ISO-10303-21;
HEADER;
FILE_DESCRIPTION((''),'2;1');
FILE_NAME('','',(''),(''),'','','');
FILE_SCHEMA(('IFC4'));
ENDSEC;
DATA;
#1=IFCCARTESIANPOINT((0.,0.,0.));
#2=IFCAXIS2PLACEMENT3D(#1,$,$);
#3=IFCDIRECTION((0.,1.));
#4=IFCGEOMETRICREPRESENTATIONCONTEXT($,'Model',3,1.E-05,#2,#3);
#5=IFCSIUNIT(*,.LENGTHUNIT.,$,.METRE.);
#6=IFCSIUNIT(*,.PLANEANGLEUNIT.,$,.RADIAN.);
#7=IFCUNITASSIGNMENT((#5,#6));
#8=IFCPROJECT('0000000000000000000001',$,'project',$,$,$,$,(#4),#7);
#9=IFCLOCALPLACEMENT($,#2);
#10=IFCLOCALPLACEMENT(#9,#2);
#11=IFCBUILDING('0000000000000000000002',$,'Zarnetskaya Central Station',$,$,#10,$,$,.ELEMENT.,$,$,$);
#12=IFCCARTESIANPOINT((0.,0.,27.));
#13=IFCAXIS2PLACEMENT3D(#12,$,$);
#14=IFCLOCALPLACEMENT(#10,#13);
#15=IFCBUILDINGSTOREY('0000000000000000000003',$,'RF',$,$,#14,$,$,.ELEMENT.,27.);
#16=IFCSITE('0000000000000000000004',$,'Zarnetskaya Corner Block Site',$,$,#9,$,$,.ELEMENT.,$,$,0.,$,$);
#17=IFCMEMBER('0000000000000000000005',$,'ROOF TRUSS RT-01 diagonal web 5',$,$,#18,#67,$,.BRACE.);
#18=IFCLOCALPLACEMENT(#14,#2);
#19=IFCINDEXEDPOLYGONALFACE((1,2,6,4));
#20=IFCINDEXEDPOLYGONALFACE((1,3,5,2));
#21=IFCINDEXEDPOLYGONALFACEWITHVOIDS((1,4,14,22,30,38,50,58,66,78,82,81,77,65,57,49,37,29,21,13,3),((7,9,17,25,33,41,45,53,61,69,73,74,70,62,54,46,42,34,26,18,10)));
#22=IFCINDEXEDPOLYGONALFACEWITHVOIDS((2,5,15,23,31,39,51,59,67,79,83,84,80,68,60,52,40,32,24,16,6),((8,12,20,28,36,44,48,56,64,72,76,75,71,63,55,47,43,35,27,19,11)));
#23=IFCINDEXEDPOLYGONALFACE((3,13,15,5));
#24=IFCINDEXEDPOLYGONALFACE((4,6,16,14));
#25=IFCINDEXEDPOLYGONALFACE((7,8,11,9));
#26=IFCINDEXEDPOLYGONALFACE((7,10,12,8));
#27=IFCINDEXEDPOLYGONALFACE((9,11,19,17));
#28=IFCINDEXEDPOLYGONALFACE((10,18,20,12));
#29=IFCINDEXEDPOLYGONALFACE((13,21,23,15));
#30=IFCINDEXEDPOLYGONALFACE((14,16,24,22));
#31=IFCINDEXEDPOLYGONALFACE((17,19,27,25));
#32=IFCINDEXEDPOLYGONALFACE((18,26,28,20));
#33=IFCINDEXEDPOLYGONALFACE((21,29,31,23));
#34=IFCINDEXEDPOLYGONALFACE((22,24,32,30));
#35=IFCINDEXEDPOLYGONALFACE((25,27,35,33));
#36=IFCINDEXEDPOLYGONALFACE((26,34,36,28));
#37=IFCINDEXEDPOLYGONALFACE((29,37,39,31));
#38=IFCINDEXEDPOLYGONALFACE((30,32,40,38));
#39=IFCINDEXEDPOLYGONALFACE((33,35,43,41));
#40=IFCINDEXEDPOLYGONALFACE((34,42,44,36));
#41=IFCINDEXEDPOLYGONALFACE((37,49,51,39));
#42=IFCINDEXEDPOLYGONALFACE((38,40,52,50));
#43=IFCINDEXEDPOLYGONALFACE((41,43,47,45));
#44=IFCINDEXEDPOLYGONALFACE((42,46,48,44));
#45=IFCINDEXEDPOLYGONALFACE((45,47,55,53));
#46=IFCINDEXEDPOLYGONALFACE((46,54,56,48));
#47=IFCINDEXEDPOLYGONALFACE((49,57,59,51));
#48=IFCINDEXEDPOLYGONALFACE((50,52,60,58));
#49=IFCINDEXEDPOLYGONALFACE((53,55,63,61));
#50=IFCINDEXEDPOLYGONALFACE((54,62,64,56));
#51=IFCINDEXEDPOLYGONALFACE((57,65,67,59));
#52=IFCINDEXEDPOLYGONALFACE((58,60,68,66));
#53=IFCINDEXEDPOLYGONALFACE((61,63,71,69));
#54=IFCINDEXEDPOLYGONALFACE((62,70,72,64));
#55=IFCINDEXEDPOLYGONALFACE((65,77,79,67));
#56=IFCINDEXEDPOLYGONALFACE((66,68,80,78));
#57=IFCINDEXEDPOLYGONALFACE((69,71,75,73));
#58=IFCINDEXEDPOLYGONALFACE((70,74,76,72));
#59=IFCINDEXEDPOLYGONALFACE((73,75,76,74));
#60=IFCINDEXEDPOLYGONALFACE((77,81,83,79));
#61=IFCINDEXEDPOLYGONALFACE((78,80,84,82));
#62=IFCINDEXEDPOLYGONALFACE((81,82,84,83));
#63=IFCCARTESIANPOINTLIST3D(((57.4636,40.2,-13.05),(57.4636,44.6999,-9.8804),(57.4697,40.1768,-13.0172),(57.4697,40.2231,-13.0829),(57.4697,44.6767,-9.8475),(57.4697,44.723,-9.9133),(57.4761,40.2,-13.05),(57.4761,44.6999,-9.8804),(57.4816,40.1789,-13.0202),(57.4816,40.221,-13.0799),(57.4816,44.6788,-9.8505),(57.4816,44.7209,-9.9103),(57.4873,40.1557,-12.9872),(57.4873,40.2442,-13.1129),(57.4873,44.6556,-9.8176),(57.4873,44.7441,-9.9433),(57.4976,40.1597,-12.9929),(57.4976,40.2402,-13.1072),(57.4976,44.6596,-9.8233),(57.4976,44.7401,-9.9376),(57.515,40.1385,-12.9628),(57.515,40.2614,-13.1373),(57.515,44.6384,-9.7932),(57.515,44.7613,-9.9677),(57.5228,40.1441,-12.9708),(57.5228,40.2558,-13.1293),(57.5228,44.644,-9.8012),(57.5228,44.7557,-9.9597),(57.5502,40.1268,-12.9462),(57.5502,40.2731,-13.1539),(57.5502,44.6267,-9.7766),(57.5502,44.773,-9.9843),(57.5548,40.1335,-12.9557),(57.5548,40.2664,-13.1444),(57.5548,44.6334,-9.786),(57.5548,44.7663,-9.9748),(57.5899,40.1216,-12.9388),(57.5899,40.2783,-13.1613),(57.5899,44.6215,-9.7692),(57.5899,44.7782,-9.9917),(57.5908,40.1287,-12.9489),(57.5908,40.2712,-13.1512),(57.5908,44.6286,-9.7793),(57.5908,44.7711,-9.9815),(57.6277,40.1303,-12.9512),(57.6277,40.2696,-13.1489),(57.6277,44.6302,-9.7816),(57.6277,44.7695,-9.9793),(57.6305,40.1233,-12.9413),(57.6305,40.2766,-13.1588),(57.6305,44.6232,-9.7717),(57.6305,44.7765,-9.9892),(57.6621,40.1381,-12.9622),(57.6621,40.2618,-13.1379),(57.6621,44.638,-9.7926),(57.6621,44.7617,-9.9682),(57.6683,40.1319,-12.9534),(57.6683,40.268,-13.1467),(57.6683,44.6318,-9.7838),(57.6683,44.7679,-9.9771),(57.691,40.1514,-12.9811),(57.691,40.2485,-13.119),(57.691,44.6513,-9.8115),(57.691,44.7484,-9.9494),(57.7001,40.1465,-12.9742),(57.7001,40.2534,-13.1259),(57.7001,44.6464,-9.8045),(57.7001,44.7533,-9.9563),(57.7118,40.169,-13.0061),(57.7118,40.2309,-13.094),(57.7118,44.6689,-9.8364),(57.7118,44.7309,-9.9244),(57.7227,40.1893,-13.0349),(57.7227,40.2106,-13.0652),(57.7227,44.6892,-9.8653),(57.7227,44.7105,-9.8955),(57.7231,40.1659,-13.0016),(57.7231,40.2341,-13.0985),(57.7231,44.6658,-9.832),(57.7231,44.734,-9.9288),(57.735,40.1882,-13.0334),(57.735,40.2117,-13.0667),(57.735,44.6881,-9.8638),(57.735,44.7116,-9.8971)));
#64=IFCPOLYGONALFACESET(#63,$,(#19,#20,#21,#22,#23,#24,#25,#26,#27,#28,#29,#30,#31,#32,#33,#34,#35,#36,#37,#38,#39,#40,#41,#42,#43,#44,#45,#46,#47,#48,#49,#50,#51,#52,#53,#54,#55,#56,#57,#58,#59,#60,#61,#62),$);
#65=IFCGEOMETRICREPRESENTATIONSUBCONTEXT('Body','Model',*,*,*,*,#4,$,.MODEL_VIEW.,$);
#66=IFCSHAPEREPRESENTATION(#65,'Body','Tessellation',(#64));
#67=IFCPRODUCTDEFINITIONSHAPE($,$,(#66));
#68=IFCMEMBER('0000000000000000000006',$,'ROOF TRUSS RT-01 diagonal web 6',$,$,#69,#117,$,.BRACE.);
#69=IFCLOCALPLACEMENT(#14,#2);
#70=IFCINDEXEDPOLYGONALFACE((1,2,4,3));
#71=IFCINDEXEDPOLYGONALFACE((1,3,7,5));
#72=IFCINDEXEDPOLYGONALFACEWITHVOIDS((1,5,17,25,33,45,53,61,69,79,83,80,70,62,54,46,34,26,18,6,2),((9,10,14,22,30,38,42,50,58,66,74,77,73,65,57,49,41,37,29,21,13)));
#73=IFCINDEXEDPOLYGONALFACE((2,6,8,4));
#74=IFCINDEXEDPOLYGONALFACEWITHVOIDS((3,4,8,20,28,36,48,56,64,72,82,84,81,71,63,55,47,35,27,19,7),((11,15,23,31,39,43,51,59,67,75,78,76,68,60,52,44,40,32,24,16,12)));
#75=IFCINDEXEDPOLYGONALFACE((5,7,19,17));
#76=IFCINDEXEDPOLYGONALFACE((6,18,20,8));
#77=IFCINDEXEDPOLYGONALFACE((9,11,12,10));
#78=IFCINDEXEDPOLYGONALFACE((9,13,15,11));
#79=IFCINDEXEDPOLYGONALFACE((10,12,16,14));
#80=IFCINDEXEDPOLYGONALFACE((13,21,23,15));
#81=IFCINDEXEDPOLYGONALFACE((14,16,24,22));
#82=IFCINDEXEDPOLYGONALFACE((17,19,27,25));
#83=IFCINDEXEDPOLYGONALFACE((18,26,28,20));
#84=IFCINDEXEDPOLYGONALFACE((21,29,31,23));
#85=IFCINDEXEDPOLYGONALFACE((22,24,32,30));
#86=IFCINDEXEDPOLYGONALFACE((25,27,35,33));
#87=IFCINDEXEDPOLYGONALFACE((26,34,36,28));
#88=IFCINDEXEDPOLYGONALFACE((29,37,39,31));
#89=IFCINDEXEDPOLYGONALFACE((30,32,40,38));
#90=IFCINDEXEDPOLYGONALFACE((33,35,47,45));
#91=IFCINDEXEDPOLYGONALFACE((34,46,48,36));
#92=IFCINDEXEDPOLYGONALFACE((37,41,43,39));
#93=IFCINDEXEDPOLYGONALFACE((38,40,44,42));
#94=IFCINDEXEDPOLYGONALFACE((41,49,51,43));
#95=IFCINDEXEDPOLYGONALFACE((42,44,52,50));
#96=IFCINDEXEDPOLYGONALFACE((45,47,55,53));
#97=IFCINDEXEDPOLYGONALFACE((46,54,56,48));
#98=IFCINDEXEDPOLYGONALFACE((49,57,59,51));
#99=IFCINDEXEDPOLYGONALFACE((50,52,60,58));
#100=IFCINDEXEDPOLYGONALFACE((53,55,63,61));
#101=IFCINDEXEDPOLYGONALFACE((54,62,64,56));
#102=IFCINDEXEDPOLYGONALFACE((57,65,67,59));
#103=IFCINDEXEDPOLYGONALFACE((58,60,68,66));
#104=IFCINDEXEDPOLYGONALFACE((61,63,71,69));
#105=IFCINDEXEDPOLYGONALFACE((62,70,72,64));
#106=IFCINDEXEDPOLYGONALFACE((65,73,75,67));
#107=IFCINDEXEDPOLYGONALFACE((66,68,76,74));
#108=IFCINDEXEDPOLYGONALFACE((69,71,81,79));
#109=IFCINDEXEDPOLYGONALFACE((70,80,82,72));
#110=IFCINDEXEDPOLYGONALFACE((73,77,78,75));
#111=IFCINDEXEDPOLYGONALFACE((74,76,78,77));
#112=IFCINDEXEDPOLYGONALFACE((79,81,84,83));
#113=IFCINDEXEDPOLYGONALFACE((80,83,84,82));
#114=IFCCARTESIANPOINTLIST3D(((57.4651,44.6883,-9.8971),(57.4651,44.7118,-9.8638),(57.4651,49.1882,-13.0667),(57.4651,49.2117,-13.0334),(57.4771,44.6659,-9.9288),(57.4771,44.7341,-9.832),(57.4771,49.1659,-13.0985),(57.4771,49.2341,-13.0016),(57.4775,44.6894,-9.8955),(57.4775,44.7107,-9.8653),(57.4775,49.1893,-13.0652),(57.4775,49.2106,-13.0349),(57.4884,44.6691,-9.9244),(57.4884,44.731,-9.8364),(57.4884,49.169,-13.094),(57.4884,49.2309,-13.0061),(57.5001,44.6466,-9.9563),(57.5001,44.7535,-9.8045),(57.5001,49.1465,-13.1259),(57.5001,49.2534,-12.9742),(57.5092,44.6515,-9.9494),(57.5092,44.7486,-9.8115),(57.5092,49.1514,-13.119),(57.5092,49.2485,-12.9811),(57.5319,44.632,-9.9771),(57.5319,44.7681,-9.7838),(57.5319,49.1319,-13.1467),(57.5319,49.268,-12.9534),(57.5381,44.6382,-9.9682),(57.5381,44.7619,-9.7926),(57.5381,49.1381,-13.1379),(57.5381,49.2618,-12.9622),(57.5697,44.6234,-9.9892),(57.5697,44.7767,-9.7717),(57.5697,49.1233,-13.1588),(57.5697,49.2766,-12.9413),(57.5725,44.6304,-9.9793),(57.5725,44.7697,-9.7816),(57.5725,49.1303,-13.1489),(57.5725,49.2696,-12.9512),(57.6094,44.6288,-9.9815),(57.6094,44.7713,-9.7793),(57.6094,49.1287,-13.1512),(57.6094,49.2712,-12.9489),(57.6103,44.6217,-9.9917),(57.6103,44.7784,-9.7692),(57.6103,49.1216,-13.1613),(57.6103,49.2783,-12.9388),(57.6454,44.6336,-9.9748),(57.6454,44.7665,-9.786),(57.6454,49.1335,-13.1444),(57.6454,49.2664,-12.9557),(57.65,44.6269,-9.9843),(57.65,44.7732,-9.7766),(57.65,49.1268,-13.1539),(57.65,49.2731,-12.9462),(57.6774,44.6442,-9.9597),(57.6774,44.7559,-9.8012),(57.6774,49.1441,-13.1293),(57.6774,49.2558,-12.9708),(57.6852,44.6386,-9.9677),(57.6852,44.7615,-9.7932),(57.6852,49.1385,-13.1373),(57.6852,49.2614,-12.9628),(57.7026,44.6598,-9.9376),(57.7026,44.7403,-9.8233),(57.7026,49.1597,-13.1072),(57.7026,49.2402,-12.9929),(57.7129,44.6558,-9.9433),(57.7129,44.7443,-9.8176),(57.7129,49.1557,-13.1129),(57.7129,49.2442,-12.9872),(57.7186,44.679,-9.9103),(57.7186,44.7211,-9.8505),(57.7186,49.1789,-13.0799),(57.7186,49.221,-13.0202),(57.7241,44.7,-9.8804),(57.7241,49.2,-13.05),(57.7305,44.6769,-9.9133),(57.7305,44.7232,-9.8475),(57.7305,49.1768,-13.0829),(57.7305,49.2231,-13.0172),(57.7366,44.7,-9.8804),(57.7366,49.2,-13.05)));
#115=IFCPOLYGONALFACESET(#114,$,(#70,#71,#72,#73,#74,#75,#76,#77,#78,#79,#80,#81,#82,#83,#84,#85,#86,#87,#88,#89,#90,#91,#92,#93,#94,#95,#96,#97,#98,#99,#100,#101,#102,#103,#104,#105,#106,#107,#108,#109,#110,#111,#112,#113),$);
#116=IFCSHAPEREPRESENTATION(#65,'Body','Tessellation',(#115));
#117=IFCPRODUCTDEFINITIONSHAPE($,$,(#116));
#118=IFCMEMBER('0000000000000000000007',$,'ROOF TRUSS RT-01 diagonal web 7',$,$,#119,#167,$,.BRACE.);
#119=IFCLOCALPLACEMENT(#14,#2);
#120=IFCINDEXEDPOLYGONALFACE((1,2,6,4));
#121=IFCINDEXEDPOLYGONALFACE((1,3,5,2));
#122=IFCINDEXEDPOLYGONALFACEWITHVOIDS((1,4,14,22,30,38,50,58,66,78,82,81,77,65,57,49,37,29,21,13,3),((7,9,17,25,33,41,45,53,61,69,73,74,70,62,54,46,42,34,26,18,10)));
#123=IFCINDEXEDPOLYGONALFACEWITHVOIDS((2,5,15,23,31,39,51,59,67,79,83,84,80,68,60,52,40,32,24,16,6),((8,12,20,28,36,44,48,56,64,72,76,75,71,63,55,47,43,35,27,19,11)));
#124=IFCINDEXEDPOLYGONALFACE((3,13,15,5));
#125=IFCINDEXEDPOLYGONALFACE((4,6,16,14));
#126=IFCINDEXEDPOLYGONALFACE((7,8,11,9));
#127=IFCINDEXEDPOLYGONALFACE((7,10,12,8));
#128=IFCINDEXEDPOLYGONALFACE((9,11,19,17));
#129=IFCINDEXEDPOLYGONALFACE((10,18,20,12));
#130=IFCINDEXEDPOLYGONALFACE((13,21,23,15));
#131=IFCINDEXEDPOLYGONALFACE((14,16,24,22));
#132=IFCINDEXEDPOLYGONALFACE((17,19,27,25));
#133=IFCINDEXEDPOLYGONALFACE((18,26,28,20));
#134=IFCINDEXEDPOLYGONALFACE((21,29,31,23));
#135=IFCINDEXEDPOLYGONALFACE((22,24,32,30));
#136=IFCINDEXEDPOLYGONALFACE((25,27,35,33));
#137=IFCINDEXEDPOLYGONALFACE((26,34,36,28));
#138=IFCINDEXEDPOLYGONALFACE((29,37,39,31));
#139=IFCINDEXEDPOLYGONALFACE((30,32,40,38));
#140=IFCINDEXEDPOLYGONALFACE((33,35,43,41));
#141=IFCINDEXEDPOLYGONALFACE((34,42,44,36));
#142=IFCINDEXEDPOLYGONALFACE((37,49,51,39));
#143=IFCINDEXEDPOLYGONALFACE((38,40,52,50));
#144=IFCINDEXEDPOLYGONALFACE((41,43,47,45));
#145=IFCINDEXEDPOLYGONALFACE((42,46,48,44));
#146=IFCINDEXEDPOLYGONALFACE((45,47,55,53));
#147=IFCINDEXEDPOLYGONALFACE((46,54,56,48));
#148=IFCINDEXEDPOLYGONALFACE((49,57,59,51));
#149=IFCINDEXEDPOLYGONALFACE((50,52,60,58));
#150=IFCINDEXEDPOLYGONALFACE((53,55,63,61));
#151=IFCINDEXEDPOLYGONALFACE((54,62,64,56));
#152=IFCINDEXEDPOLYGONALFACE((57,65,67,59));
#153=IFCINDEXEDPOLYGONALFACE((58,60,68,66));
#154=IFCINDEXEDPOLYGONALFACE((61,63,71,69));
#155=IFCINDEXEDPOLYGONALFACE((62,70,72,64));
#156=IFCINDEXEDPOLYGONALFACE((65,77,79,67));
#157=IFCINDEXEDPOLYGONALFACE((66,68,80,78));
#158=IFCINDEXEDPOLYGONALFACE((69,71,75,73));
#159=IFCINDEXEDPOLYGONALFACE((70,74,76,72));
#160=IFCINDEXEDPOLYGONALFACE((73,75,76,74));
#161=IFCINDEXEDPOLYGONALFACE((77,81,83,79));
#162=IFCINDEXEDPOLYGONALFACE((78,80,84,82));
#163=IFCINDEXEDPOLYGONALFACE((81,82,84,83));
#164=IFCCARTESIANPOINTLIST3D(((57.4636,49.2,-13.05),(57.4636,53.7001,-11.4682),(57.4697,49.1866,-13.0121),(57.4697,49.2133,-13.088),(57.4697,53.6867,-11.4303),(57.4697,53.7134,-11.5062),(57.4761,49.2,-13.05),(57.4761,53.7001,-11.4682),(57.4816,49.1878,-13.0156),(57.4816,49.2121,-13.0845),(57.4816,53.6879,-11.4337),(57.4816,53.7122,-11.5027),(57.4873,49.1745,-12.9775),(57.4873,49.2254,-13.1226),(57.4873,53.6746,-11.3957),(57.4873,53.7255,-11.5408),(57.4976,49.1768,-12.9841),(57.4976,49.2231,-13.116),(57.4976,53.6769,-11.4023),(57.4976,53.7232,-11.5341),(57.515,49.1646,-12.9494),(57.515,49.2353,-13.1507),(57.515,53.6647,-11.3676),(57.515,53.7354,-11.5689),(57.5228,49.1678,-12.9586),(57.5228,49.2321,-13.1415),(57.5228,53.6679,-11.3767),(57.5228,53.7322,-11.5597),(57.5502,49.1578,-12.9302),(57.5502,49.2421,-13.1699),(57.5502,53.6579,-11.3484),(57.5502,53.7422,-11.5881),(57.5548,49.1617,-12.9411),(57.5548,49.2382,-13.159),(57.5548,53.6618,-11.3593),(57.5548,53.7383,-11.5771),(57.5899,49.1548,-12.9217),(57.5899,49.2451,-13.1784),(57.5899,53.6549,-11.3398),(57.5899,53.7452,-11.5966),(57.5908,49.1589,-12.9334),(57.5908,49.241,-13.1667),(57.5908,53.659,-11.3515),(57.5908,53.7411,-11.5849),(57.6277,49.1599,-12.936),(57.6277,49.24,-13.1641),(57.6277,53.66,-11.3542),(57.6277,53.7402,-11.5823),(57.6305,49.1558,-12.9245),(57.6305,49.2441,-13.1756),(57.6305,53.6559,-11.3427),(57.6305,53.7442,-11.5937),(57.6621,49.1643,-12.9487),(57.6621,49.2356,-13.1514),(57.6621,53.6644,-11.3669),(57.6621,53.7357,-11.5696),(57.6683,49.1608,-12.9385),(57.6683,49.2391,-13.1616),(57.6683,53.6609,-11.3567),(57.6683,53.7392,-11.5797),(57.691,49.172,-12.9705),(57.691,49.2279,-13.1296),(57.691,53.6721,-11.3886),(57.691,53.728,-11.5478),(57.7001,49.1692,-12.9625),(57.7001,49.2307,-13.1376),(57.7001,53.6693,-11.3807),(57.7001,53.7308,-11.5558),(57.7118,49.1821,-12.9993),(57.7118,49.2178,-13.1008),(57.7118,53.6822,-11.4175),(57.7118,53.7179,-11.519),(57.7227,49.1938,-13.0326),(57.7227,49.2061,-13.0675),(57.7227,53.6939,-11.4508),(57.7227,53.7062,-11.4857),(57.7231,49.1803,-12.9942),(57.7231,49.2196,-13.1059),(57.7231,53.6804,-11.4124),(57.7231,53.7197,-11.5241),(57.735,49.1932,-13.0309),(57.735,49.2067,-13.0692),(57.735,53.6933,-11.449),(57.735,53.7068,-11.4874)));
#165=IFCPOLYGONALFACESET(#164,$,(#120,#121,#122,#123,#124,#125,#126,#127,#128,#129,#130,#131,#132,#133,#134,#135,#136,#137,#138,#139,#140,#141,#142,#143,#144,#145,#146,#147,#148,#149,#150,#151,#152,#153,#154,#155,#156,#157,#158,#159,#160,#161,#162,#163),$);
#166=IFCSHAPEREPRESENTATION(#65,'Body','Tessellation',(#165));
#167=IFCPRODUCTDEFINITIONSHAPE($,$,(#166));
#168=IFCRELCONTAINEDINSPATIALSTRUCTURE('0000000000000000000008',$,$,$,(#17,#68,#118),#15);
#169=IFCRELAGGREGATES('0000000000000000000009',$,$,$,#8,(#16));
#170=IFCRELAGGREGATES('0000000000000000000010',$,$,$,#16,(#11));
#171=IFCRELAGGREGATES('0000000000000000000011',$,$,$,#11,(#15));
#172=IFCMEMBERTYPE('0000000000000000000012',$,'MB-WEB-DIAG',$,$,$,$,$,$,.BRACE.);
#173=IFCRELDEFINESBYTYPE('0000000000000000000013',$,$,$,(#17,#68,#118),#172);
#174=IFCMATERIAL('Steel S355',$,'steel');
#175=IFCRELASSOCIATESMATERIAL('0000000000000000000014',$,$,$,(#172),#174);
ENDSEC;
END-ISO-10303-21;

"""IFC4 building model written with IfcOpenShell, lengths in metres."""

from ifc_helpers import new_model, si_unit, direction, frame, origin, origin_2d, place, context, subcontext, project, spatial, hollow_circle, extrude, material, material_profile, profile_set, type_object, element, save


model = new_model("IFC4")

# Units and contexts
model_context = context("Model", 3, precision=1e-05, world=origin(), true_north=direction((0.0, 1.0)))
body_context = subcontext(model_context, "Body", "Model", "MODEL_VIEW")
ifc_project = project(units=[si_unit("LENGTHUNIT", "METRE"), si_unit("PLANEANGLEUNIT", "RADIAN")], contexts=[model_context])

# Site, building, storey
site_placement = place(None, origin())
site = spatial("IfcSite", under=ifc_project, at=site_placement, Name="Zarnetskaya Corner Block Site", CompositionType="ELEMENT", RefElevation=0.0)
building_placement = place(site_placement, origin())
building = spatial("IfcBuilding", under=site, at=building_placement, Name="Zarnetskaya Central Station", CompositionType="ELEMENT")
storey_placement = place(building_placement, frame((0.0, 0.0, 27.0)))
storey = spatial("IfcBuildingStorey", under=building, at=storey_placement, Name="RF", CompositionType="ELEMENT", Elevation=27.0)

# Members
ifc_material = material(Name="Steel S355", Category="steel")
ifc_material_profile_1 = material_profile(ifc_material, hollow_circle(Radius=0.1365, WallThickness=0.0125, at=origin_2d()), Name="CHS 273x12.5")
ifc_profile_set_1 = profile_set([ifc_material_profile_1], Name="Steel S355")
member_type_1 = type_object("IfcMemberType", Name="MB-WEB-DIAG", PredefinedType="BRACE", material=ifc_profile_set_1)
for number, where, z_axis, x_axis, name in (
    (1, (57.6001, 40.2, -13.05), (0.0, 0.817549, 0.575859), (-1.0, 0.0, 0.0), "ROOF TRUSS RT-01 diagonal web 5"),
    (2, (57.6001, 49.2, -13.05), (0.0, -0.817549, 0.575859), (1.0, 0.0, 0.0), "ROOF TRUSS RT-01 diagonal web 6"),
):
    element("IfcMember", number, at=place(storey_placement, frame(where, z_axis=z_axis, x_axis=x_axis)), inside=storey, type_object=member_type_1, Name=name, PredefinedType="BRACE", context=body_context, shape_type="SweptSolid", body=[
        extrude(hollow_circle(Radius=0.1365, WallThickness=0.0125, at=origin_2d()), origin(), (0.0, 0.0, 1.0), 5.5042),
    ])
member_1_placement = place(storey_placement, frame((57.6001, 49.2, -13.05), z_axis=(0.0, 0.943414, 0.331618), x_axis=(-1.0, 0.0, 0.0)))
element("IfcMember", 3, at=member_1_placement, inside=storey, type_object=member_type_1, Name="ROOF TRUSS RT-01 diagonal web 7", PredefinedType="BRACE", context=body_context, shape_type="SweptSolid", body=[
    extrude(hollow_circle(Radius=0.1365, WallThickness=0.0125, at=origin_2d()), origin(), (0.0, 0.0, 1.0), 4.77),
])

save(model, "model.ifc")
